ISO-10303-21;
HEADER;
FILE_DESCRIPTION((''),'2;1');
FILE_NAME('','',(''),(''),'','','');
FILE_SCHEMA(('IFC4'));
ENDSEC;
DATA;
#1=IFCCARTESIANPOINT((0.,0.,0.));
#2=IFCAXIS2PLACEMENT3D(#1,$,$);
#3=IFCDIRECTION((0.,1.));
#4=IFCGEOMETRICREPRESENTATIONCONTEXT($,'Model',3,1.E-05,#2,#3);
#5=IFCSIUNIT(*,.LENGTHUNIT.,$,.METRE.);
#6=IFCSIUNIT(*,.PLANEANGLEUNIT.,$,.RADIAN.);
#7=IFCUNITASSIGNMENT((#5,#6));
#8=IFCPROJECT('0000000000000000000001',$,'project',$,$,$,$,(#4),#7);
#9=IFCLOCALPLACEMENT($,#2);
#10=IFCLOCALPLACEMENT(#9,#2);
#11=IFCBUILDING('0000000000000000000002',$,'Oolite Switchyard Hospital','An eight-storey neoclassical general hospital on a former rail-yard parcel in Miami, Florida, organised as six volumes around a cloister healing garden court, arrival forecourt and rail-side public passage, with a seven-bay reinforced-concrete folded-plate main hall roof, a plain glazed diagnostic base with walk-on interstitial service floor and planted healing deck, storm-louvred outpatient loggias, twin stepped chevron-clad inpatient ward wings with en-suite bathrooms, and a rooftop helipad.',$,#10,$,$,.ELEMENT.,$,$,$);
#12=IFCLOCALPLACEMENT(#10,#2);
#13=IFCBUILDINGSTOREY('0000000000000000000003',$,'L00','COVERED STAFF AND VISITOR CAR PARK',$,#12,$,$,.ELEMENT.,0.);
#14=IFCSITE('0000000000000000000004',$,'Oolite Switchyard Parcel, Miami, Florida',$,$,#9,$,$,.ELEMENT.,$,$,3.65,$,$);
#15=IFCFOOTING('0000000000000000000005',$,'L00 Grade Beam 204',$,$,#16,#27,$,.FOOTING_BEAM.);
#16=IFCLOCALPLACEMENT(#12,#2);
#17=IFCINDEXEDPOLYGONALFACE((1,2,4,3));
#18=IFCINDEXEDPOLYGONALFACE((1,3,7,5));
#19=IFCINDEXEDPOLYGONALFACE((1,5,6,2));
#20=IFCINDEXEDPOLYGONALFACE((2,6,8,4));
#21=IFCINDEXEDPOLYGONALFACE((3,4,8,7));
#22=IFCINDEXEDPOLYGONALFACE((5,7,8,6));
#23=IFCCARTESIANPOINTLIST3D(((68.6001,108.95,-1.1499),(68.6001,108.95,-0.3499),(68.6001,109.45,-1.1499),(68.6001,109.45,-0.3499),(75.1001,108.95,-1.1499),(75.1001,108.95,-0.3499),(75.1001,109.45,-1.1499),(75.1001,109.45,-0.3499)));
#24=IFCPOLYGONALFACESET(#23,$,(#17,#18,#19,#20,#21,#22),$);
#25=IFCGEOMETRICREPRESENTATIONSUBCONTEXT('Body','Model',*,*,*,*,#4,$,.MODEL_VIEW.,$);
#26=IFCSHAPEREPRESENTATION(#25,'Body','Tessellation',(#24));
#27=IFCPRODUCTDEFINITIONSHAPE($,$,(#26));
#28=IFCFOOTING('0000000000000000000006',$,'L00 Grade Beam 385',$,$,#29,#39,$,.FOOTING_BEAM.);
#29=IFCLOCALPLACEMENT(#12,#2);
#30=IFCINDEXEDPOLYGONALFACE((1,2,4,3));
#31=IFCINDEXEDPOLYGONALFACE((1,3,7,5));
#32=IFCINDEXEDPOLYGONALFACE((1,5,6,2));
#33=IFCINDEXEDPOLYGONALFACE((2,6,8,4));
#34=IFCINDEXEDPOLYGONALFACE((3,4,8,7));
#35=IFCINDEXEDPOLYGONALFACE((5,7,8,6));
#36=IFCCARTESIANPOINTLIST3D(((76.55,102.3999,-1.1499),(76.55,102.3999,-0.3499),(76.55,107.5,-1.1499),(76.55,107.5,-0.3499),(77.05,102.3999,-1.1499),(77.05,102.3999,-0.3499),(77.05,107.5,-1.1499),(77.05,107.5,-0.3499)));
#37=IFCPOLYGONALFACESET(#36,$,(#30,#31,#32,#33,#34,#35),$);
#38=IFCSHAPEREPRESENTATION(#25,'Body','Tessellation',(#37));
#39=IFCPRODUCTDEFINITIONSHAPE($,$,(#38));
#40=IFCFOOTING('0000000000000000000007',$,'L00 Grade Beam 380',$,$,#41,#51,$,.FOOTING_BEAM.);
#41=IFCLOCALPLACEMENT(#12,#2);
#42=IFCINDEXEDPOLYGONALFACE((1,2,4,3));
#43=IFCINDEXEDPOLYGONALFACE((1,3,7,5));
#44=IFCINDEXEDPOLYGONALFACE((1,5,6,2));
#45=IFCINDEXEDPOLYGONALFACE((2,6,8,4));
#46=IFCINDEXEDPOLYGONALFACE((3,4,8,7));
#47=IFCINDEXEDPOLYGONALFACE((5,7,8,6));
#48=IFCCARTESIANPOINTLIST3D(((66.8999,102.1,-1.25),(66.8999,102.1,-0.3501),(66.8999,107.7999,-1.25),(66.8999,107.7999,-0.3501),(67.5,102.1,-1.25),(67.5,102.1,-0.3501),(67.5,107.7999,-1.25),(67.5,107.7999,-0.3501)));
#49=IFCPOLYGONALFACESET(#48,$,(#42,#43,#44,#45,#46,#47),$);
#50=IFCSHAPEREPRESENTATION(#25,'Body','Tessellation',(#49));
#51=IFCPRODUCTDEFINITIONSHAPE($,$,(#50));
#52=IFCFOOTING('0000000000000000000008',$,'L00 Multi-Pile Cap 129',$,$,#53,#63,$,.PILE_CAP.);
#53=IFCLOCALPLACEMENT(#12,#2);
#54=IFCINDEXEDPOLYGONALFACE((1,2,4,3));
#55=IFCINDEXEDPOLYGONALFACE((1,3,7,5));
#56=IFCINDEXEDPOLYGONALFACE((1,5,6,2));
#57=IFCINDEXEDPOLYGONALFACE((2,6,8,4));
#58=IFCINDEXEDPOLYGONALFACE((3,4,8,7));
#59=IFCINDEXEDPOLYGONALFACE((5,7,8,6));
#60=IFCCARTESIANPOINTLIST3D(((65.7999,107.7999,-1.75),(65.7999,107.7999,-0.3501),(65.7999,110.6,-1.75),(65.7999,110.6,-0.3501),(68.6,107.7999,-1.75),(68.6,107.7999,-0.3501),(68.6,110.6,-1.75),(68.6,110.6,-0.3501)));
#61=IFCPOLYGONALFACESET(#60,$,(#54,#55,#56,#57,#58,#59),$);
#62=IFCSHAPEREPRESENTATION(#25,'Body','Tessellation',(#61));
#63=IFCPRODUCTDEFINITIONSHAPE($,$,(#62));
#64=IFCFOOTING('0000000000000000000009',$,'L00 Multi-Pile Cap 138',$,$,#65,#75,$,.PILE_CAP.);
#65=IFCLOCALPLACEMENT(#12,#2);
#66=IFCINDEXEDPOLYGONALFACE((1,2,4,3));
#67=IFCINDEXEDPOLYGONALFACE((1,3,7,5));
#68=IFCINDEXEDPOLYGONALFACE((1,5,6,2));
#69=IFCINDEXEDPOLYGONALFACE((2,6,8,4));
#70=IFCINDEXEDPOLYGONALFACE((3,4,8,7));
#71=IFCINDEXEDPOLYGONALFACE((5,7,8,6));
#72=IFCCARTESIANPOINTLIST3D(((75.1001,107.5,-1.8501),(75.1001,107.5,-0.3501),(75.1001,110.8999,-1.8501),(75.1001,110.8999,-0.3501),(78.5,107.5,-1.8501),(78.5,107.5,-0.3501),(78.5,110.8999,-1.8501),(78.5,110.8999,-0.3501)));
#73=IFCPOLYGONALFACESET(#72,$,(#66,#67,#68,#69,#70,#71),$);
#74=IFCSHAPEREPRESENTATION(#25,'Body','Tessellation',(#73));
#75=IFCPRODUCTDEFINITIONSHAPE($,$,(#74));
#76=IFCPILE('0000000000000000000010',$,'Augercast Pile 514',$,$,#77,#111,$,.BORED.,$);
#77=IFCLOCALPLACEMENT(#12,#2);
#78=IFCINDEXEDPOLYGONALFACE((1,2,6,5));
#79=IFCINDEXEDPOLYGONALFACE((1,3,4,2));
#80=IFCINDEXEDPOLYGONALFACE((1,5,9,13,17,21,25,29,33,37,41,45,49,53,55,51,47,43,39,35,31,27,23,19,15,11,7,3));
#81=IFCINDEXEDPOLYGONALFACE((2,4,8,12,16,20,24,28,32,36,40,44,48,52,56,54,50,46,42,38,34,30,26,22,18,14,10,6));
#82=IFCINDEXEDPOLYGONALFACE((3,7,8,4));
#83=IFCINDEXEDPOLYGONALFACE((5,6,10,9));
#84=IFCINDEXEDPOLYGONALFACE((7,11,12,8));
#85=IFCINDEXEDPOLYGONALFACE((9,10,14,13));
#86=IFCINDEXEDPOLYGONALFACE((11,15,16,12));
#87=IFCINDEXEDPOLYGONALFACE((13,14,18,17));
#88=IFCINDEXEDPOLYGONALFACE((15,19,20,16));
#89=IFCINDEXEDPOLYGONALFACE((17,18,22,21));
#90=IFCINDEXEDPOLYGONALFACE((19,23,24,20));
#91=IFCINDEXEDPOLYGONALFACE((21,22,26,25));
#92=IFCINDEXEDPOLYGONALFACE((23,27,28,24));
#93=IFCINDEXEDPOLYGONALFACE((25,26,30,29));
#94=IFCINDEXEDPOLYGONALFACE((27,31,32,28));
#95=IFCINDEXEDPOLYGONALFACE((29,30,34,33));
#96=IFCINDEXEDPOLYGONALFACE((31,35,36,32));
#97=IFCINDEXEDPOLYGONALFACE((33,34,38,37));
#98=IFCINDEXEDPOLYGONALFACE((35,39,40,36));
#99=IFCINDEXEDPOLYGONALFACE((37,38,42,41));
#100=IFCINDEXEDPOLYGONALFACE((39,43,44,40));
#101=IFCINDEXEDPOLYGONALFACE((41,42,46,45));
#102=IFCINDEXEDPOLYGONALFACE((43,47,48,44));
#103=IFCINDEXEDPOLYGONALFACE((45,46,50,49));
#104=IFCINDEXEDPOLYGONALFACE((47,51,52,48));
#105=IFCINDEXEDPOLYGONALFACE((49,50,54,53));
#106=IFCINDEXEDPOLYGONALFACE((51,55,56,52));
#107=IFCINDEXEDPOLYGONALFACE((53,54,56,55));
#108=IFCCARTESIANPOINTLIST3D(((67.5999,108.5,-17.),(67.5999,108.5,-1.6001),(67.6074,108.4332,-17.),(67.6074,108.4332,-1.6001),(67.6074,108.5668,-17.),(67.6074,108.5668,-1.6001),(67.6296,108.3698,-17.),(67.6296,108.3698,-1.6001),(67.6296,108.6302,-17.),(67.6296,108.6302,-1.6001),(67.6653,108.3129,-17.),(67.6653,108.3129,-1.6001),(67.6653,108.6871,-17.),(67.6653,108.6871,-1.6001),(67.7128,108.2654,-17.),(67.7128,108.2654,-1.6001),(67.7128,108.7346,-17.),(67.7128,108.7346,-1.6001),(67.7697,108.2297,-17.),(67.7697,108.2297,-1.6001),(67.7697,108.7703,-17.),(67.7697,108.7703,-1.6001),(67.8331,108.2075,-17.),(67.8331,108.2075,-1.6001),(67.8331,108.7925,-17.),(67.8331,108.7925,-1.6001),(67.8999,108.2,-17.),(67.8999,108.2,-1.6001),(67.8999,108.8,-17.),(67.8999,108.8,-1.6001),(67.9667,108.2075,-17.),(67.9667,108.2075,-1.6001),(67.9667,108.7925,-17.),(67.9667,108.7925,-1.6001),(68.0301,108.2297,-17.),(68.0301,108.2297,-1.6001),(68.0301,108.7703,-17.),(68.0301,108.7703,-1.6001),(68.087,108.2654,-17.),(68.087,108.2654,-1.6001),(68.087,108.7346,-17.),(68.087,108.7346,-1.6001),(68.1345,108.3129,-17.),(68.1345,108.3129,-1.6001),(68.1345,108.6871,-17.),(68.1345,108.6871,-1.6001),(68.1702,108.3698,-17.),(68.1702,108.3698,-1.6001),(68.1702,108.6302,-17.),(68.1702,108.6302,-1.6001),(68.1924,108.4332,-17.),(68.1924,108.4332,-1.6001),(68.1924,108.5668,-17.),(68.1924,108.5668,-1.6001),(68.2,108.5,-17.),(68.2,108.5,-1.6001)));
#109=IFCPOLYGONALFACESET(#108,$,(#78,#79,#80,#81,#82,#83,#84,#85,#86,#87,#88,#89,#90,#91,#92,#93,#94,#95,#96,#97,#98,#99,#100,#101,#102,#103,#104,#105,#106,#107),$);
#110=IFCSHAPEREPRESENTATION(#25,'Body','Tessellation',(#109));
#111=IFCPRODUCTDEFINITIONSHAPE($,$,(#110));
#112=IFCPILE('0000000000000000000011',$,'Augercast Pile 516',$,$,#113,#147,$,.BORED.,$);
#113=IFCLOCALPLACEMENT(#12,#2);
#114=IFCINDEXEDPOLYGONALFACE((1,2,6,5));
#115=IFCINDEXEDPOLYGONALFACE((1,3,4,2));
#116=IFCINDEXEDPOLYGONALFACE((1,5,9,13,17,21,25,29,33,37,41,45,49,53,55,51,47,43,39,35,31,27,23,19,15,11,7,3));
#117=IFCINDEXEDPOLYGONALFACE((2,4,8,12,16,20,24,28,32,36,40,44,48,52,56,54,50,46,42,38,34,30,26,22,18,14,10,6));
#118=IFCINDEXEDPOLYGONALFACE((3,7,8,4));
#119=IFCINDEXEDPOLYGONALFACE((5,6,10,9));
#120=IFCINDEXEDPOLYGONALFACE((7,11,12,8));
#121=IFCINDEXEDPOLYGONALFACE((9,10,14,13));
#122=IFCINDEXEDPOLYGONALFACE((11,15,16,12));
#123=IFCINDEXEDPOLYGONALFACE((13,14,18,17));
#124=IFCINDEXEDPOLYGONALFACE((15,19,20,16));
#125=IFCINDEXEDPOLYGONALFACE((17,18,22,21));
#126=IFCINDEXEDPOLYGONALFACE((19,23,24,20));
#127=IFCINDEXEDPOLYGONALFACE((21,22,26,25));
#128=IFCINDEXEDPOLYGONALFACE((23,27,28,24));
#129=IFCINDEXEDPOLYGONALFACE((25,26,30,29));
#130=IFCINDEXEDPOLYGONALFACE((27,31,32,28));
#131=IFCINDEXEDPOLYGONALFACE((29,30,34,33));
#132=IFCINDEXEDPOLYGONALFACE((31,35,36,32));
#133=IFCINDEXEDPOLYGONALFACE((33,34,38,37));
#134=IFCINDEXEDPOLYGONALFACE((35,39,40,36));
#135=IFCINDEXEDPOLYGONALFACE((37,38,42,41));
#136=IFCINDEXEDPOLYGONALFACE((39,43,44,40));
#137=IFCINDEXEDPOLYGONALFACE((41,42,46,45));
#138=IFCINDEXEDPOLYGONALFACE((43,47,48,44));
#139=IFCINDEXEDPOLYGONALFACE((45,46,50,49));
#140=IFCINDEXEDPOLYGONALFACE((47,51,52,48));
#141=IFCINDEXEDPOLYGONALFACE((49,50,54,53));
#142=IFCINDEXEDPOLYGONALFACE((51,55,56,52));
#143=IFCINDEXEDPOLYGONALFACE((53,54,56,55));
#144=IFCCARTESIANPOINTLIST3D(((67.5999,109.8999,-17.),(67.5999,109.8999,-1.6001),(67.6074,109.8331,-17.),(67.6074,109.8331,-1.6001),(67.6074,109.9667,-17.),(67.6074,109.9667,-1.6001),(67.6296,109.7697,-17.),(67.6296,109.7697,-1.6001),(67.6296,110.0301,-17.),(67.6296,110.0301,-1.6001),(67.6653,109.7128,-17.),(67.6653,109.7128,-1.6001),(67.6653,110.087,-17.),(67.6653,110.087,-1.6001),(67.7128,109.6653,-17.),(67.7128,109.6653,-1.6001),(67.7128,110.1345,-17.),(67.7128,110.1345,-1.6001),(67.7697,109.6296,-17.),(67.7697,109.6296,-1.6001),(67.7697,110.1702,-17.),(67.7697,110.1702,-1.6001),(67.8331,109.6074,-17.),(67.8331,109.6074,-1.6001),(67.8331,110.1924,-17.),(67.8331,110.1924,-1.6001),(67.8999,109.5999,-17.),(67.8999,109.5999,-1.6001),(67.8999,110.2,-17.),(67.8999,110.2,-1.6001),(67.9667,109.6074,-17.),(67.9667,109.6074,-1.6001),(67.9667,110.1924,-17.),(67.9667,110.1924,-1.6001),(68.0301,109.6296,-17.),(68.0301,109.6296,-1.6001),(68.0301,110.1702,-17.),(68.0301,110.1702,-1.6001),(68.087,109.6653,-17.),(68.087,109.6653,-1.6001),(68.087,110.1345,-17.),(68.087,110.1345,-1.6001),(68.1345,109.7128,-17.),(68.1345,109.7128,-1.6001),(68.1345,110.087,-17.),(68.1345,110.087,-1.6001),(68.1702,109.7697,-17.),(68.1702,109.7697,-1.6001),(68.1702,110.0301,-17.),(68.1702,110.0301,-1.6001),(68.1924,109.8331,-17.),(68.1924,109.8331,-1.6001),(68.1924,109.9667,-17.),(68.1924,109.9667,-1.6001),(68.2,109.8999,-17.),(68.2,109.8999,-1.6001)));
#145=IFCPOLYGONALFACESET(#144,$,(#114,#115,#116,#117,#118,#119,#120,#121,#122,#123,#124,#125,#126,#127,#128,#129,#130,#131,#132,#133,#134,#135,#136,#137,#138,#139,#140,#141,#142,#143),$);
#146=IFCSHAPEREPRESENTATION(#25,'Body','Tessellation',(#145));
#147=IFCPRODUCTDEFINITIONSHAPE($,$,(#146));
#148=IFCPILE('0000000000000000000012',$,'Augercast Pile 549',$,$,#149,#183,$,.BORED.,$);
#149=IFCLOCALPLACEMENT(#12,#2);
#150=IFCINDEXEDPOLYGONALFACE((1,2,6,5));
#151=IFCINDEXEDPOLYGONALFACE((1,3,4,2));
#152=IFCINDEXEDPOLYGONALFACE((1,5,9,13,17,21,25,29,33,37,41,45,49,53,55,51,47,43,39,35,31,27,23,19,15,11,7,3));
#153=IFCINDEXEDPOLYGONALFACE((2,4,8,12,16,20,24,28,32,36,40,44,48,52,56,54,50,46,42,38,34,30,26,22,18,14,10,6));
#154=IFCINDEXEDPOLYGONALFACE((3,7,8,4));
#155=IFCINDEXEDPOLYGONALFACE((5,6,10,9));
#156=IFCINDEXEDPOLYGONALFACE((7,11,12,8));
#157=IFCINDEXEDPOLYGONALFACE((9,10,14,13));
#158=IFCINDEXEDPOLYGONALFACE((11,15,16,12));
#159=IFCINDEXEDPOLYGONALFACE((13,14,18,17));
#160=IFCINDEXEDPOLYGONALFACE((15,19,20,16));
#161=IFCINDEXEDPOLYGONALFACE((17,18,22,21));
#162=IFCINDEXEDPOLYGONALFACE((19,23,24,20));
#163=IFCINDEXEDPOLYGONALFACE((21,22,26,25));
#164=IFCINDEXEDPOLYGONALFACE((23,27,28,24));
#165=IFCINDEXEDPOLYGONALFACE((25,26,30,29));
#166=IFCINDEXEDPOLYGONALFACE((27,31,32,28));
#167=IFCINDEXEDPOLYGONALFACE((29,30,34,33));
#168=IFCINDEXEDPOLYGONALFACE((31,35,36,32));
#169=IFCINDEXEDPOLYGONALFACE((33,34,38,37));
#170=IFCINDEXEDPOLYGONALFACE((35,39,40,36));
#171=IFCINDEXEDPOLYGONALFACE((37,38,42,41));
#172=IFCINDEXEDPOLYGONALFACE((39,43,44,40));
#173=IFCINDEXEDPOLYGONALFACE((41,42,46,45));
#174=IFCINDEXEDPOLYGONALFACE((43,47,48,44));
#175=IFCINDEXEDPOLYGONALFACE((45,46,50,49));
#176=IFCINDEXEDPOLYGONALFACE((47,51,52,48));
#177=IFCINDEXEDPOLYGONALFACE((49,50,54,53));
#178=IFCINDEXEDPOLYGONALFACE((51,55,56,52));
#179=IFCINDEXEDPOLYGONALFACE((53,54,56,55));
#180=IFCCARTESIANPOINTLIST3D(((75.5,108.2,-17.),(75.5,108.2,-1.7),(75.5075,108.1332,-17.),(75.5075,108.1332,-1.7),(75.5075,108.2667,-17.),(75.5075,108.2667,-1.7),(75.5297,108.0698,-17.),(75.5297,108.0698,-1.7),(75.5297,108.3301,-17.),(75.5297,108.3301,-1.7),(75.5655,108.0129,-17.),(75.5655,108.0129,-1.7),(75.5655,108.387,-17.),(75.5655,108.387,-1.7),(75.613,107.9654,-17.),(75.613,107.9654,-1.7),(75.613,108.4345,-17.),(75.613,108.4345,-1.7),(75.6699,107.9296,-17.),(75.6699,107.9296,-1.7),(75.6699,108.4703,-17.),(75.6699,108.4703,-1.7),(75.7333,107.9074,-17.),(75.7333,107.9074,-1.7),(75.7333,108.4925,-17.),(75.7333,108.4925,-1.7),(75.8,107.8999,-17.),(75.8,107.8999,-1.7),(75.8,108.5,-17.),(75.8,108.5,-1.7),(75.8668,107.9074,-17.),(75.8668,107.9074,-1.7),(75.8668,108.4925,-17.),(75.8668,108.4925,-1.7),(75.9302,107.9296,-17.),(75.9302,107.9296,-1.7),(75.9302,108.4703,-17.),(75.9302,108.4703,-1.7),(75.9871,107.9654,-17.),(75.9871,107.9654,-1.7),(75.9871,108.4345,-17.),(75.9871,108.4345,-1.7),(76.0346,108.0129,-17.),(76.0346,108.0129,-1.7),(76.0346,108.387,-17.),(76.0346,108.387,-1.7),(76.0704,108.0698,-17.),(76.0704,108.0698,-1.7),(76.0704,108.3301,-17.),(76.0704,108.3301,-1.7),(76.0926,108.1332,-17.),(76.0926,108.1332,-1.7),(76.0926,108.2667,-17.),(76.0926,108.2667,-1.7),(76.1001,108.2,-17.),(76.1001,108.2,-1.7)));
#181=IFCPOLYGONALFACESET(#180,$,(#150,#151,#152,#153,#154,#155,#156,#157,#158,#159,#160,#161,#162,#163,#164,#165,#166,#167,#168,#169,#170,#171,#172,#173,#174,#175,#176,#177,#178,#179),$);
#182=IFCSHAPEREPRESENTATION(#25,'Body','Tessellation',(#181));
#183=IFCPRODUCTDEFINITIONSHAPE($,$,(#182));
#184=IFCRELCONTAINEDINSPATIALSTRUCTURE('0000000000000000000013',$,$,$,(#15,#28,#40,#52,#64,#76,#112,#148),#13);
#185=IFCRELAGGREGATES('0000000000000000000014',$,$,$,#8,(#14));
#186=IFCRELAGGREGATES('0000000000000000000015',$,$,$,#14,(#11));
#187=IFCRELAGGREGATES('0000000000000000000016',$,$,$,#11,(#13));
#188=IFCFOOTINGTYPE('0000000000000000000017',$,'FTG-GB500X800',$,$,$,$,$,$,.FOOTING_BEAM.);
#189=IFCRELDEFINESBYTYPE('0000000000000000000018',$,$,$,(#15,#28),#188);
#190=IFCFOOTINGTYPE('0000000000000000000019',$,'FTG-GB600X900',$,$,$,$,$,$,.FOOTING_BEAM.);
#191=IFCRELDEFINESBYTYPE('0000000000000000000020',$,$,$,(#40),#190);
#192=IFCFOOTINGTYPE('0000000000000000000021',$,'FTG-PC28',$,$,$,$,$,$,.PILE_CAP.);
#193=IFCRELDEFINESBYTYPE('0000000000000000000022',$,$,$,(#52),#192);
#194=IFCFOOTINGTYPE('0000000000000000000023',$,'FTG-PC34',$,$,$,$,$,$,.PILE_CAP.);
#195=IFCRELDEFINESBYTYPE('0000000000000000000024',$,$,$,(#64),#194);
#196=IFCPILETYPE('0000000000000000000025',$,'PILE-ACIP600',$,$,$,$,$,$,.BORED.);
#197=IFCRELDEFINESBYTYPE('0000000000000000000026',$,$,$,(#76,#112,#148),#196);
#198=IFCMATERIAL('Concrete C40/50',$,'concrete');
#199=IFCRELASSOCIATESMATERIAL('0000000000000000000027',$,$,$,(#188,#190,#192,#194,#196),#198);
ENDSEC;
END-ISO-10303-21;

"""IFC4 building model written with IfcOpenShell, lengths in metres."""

from ifc_helpers import new_model, si_unit, direction, frame, origin, origin_2d, place, context, subcontext, project, spatial, rectangle, circle, extrude, material, material_profile, profile_set, type_object, element, save


model = new_model("IFC4")

# Units and contexts
model_context = context("Model", 3, precision=1e-05, world=origin(), true_north=direction((0.0, 1.0)))
body_context = subcontext(model_context, "Body", "Model", "MODEL_VIEW")
ifc_project = project(units=[si_unit("LENGTHUNIT", "METRE"), si_unit("PLANEANGLEUNIT", "RADIAN")], contexts=[model_context])

# Site, building, storey
site_placement = place(None, origin())
site = spatial("IfcSite", under=ifc_project, at=site_placement, Name="Oolite Switchyard Parcel, Miami, Florida", CompositionType="ELEMENT", RefElevation=3.65)
building_placement = place(site_placement, origin())
building = spatial("IfcBuilding", under=site, at=building_placement, Name="Oolite Switchyard Hospital", Description="An eight-storey neoclassical general hospital on a former rail-yard parcel in Miami, Florida, organised as six volumes around a cloister healing garden court, arrival forecourt and rail-side public passage, with a seven-bay reinforced-concrete folded-plate main hall roof, a plain glazed diagnostic base with walk-on interstitial service floor and planted healing deck, storm-louvred outpatient loggias, twin stepped chevron-clad inpatient ward wings with en-suite bathrooms, and a rooftop helipad.", CompositionType="ELEMENT")
storey_placement = place(building_placement, origin())
storey = spatial("IfcBuildingStorey", under=building, at=storey_placement, Name="L00", Description="COVERED STAFF AND VISITOR CAR PARK", CompositionType="ELEMENT", Elevation=0.0)

# Footings
ifc_material_1 = material(Name="Concrete C40/50", Category="concrete")
footing_type_1 = type_object("IfcFootingType", Name="FTG-GB500X800", PredefinedType="FOOTING_BEAM", material=ifc_material_1)
footing_1_placement = place(storey_placement, frame((71.8501, 109.2, -1.1499), z_axis=(0.0, 0.0, 1.0), x_axis=(1.0, 0.0, 0.0)))
element("IfcFooting", 1, at=footing_1_placement, inside=storey, type_object=footing_type_1, Name="L00 Grade Beam 204", PredefinedType="FOOTING_BEAM", context=body_context, shape_type="SweptSolid", body=[
    extrude(rectangle(XDim=6.5, YDim=0.5, at=origin_2d()), origin(), (0.0, 0.0, 1.0), 0.8),
])
footing_2_placement = place(storey_placement, frame((76.8, 104.95, -1.1499), z_axis=(0.0, 0.0, 1.0), x_axis=(0.0, 1.0, 0.0)))
element("IfcFooting", 2, at=footing_2_placement, inside=storey, type_object=footing_type_1, Name="L00 Grade Beam 385", PredefinedType="FOOTING_BEAM", context=body_context, shape_type="SweptSolid", body=[
    extrude(rectangle(XDim=5.1001, YDim=0.5, at=origin_2d()), origin(), (0.0, 0.0, 1.0), 0.8),
])
footing_type_2 = type_object("IfcFootingType", Name="FTG-GB600X900", PredefinedType="FOOTING_BEAM", material=ifc_material_1)
footing_3_placement = place(storey_placement, frame((67.2, 104.95, -1.25), z_axis=(0.0, 0.0, 1.0), x_axis=(0.0, 1.0, 0.0)))
element("IfcFooting", 3, at=footing_3_placement, inside=storey, type_object=footing_type_2, Name="L00 Grade Beam 380", PredefinedType="FOOTING_BEAM", context=body_context, shape_type="SweptSolid", body=[
    extrude(rectangle(XDim=5.7, YDim=0.6001, at=origin_2d()), origin(), (0.0, 0.0, 1.0), 0.8999),
])
footing_type_3 = type_object("IfcFootingType", Name="FTG-PC28", PredefinedType="PILE_CAP", material=ifc_material_1)
footing_4_placement = place(storey_placement, frame((67.2, 109.2, -1.75), z_axis=(0.0, 0.0, 1.0), x_axis=(1.0, 0.0, 0.0)))
element("IfcFooting", 4, at=footing_4_placement, inside=storey, type_object=footing_type_3, Name="L00 Multi-Pile Cap 129", PredefinedType="PILE_CAP", context=body_context, shape_type="SweptSolid", body=[
    extrude(rectangle(XDim=2.8, YDim=2.8, at=origin_2d()), origin(), (0.0, 0.0, 1.0), 1.3999),
])
footing_type_4 = type_object("IfcFootingType", Name="FTG-PC34", PredefinedType="PILE_CAP", material=ifc_material_1)
footing_5_placement = place(storey_placement, frame((76.8, 109.2, -1.8501), z_axis=(0.0, 0.0, 1.0), x_axis=(1.0, 0.0, 0.0)))
element("IfcFooting", 5, at=footing_5_placement, inside=storey, type_object=footing_type_4, Name="L00 Multi-Pile Cap 138", PredefinedType="PILE_CAP", context=body_context, shape_type="SweptSolid", body=[
    extrude(rectangle(XDim=3.3999, YDim=3.3999, at=origin_2d()), origin(), (0.0, 0.0, 1.0), 1.5),
])

# Piles
ifc_material_profile_1 = material_profile(ifc_material_1, circle(Radius=0.3, at=origin_2d()), Name="PILE600")
ifc_profile_set_1 = profile_set([ifc_material_profile_1], Name="Concrete C40/50")
pile_type = type_object("IfcPileType", Name="PILE-ACIP600", PredefinedType="BORED", material=ifc_profile_set_1)
for number, where, z_axis, x_axis, name in (
    (6, (67.8999, 108.5, -1.6001), (0.0, 0.0, -1.0), (1.0, 0.0, 0.0), "Augercast Pile 514"),
    (7, (67.8999, 109.8999, -1.6001), (0.0, 0.0, -1.0), (1.0, 0.0, 0.0), "Augercast Pile 516"),
):
    element("IfcPile", number, at=place(storey_placement, frame(where, z_axis=z_axis, x_axis=x_axis)), inside=storey, type_object=pile_type, Name=name, PredefinedType="BORED", context=body_context, shape_type="SweptSolid", body=[
        extrude(circle(Radius=0.3, at=origin_2d()), origin(), (0.0, 0.0, 1.0), 15.3999),
    ])
for number, where, z_axis, x_axis, name in (
    (8, (75.8, 108.2, -1.7), (0.0, 0.0, -1.0), (1.0, 0.0, 0.0), "Augercast Pile 549"),
):
    element("IfcPile", number, at=place(storey_placement, frame(where, z_axis=z_axis, x_axis=x_axis)), inside=storey, type_object=pile_type, Name=name, PredefinedType="BORED", context=body_context, shape_type="SweptSolid", body=[
        extrude(circle(Radius=0.3, at=origin_2d()), origin(), (0.0, 0.0, 1.0), 15.3),
    ])

save(model, "model.ifc")
